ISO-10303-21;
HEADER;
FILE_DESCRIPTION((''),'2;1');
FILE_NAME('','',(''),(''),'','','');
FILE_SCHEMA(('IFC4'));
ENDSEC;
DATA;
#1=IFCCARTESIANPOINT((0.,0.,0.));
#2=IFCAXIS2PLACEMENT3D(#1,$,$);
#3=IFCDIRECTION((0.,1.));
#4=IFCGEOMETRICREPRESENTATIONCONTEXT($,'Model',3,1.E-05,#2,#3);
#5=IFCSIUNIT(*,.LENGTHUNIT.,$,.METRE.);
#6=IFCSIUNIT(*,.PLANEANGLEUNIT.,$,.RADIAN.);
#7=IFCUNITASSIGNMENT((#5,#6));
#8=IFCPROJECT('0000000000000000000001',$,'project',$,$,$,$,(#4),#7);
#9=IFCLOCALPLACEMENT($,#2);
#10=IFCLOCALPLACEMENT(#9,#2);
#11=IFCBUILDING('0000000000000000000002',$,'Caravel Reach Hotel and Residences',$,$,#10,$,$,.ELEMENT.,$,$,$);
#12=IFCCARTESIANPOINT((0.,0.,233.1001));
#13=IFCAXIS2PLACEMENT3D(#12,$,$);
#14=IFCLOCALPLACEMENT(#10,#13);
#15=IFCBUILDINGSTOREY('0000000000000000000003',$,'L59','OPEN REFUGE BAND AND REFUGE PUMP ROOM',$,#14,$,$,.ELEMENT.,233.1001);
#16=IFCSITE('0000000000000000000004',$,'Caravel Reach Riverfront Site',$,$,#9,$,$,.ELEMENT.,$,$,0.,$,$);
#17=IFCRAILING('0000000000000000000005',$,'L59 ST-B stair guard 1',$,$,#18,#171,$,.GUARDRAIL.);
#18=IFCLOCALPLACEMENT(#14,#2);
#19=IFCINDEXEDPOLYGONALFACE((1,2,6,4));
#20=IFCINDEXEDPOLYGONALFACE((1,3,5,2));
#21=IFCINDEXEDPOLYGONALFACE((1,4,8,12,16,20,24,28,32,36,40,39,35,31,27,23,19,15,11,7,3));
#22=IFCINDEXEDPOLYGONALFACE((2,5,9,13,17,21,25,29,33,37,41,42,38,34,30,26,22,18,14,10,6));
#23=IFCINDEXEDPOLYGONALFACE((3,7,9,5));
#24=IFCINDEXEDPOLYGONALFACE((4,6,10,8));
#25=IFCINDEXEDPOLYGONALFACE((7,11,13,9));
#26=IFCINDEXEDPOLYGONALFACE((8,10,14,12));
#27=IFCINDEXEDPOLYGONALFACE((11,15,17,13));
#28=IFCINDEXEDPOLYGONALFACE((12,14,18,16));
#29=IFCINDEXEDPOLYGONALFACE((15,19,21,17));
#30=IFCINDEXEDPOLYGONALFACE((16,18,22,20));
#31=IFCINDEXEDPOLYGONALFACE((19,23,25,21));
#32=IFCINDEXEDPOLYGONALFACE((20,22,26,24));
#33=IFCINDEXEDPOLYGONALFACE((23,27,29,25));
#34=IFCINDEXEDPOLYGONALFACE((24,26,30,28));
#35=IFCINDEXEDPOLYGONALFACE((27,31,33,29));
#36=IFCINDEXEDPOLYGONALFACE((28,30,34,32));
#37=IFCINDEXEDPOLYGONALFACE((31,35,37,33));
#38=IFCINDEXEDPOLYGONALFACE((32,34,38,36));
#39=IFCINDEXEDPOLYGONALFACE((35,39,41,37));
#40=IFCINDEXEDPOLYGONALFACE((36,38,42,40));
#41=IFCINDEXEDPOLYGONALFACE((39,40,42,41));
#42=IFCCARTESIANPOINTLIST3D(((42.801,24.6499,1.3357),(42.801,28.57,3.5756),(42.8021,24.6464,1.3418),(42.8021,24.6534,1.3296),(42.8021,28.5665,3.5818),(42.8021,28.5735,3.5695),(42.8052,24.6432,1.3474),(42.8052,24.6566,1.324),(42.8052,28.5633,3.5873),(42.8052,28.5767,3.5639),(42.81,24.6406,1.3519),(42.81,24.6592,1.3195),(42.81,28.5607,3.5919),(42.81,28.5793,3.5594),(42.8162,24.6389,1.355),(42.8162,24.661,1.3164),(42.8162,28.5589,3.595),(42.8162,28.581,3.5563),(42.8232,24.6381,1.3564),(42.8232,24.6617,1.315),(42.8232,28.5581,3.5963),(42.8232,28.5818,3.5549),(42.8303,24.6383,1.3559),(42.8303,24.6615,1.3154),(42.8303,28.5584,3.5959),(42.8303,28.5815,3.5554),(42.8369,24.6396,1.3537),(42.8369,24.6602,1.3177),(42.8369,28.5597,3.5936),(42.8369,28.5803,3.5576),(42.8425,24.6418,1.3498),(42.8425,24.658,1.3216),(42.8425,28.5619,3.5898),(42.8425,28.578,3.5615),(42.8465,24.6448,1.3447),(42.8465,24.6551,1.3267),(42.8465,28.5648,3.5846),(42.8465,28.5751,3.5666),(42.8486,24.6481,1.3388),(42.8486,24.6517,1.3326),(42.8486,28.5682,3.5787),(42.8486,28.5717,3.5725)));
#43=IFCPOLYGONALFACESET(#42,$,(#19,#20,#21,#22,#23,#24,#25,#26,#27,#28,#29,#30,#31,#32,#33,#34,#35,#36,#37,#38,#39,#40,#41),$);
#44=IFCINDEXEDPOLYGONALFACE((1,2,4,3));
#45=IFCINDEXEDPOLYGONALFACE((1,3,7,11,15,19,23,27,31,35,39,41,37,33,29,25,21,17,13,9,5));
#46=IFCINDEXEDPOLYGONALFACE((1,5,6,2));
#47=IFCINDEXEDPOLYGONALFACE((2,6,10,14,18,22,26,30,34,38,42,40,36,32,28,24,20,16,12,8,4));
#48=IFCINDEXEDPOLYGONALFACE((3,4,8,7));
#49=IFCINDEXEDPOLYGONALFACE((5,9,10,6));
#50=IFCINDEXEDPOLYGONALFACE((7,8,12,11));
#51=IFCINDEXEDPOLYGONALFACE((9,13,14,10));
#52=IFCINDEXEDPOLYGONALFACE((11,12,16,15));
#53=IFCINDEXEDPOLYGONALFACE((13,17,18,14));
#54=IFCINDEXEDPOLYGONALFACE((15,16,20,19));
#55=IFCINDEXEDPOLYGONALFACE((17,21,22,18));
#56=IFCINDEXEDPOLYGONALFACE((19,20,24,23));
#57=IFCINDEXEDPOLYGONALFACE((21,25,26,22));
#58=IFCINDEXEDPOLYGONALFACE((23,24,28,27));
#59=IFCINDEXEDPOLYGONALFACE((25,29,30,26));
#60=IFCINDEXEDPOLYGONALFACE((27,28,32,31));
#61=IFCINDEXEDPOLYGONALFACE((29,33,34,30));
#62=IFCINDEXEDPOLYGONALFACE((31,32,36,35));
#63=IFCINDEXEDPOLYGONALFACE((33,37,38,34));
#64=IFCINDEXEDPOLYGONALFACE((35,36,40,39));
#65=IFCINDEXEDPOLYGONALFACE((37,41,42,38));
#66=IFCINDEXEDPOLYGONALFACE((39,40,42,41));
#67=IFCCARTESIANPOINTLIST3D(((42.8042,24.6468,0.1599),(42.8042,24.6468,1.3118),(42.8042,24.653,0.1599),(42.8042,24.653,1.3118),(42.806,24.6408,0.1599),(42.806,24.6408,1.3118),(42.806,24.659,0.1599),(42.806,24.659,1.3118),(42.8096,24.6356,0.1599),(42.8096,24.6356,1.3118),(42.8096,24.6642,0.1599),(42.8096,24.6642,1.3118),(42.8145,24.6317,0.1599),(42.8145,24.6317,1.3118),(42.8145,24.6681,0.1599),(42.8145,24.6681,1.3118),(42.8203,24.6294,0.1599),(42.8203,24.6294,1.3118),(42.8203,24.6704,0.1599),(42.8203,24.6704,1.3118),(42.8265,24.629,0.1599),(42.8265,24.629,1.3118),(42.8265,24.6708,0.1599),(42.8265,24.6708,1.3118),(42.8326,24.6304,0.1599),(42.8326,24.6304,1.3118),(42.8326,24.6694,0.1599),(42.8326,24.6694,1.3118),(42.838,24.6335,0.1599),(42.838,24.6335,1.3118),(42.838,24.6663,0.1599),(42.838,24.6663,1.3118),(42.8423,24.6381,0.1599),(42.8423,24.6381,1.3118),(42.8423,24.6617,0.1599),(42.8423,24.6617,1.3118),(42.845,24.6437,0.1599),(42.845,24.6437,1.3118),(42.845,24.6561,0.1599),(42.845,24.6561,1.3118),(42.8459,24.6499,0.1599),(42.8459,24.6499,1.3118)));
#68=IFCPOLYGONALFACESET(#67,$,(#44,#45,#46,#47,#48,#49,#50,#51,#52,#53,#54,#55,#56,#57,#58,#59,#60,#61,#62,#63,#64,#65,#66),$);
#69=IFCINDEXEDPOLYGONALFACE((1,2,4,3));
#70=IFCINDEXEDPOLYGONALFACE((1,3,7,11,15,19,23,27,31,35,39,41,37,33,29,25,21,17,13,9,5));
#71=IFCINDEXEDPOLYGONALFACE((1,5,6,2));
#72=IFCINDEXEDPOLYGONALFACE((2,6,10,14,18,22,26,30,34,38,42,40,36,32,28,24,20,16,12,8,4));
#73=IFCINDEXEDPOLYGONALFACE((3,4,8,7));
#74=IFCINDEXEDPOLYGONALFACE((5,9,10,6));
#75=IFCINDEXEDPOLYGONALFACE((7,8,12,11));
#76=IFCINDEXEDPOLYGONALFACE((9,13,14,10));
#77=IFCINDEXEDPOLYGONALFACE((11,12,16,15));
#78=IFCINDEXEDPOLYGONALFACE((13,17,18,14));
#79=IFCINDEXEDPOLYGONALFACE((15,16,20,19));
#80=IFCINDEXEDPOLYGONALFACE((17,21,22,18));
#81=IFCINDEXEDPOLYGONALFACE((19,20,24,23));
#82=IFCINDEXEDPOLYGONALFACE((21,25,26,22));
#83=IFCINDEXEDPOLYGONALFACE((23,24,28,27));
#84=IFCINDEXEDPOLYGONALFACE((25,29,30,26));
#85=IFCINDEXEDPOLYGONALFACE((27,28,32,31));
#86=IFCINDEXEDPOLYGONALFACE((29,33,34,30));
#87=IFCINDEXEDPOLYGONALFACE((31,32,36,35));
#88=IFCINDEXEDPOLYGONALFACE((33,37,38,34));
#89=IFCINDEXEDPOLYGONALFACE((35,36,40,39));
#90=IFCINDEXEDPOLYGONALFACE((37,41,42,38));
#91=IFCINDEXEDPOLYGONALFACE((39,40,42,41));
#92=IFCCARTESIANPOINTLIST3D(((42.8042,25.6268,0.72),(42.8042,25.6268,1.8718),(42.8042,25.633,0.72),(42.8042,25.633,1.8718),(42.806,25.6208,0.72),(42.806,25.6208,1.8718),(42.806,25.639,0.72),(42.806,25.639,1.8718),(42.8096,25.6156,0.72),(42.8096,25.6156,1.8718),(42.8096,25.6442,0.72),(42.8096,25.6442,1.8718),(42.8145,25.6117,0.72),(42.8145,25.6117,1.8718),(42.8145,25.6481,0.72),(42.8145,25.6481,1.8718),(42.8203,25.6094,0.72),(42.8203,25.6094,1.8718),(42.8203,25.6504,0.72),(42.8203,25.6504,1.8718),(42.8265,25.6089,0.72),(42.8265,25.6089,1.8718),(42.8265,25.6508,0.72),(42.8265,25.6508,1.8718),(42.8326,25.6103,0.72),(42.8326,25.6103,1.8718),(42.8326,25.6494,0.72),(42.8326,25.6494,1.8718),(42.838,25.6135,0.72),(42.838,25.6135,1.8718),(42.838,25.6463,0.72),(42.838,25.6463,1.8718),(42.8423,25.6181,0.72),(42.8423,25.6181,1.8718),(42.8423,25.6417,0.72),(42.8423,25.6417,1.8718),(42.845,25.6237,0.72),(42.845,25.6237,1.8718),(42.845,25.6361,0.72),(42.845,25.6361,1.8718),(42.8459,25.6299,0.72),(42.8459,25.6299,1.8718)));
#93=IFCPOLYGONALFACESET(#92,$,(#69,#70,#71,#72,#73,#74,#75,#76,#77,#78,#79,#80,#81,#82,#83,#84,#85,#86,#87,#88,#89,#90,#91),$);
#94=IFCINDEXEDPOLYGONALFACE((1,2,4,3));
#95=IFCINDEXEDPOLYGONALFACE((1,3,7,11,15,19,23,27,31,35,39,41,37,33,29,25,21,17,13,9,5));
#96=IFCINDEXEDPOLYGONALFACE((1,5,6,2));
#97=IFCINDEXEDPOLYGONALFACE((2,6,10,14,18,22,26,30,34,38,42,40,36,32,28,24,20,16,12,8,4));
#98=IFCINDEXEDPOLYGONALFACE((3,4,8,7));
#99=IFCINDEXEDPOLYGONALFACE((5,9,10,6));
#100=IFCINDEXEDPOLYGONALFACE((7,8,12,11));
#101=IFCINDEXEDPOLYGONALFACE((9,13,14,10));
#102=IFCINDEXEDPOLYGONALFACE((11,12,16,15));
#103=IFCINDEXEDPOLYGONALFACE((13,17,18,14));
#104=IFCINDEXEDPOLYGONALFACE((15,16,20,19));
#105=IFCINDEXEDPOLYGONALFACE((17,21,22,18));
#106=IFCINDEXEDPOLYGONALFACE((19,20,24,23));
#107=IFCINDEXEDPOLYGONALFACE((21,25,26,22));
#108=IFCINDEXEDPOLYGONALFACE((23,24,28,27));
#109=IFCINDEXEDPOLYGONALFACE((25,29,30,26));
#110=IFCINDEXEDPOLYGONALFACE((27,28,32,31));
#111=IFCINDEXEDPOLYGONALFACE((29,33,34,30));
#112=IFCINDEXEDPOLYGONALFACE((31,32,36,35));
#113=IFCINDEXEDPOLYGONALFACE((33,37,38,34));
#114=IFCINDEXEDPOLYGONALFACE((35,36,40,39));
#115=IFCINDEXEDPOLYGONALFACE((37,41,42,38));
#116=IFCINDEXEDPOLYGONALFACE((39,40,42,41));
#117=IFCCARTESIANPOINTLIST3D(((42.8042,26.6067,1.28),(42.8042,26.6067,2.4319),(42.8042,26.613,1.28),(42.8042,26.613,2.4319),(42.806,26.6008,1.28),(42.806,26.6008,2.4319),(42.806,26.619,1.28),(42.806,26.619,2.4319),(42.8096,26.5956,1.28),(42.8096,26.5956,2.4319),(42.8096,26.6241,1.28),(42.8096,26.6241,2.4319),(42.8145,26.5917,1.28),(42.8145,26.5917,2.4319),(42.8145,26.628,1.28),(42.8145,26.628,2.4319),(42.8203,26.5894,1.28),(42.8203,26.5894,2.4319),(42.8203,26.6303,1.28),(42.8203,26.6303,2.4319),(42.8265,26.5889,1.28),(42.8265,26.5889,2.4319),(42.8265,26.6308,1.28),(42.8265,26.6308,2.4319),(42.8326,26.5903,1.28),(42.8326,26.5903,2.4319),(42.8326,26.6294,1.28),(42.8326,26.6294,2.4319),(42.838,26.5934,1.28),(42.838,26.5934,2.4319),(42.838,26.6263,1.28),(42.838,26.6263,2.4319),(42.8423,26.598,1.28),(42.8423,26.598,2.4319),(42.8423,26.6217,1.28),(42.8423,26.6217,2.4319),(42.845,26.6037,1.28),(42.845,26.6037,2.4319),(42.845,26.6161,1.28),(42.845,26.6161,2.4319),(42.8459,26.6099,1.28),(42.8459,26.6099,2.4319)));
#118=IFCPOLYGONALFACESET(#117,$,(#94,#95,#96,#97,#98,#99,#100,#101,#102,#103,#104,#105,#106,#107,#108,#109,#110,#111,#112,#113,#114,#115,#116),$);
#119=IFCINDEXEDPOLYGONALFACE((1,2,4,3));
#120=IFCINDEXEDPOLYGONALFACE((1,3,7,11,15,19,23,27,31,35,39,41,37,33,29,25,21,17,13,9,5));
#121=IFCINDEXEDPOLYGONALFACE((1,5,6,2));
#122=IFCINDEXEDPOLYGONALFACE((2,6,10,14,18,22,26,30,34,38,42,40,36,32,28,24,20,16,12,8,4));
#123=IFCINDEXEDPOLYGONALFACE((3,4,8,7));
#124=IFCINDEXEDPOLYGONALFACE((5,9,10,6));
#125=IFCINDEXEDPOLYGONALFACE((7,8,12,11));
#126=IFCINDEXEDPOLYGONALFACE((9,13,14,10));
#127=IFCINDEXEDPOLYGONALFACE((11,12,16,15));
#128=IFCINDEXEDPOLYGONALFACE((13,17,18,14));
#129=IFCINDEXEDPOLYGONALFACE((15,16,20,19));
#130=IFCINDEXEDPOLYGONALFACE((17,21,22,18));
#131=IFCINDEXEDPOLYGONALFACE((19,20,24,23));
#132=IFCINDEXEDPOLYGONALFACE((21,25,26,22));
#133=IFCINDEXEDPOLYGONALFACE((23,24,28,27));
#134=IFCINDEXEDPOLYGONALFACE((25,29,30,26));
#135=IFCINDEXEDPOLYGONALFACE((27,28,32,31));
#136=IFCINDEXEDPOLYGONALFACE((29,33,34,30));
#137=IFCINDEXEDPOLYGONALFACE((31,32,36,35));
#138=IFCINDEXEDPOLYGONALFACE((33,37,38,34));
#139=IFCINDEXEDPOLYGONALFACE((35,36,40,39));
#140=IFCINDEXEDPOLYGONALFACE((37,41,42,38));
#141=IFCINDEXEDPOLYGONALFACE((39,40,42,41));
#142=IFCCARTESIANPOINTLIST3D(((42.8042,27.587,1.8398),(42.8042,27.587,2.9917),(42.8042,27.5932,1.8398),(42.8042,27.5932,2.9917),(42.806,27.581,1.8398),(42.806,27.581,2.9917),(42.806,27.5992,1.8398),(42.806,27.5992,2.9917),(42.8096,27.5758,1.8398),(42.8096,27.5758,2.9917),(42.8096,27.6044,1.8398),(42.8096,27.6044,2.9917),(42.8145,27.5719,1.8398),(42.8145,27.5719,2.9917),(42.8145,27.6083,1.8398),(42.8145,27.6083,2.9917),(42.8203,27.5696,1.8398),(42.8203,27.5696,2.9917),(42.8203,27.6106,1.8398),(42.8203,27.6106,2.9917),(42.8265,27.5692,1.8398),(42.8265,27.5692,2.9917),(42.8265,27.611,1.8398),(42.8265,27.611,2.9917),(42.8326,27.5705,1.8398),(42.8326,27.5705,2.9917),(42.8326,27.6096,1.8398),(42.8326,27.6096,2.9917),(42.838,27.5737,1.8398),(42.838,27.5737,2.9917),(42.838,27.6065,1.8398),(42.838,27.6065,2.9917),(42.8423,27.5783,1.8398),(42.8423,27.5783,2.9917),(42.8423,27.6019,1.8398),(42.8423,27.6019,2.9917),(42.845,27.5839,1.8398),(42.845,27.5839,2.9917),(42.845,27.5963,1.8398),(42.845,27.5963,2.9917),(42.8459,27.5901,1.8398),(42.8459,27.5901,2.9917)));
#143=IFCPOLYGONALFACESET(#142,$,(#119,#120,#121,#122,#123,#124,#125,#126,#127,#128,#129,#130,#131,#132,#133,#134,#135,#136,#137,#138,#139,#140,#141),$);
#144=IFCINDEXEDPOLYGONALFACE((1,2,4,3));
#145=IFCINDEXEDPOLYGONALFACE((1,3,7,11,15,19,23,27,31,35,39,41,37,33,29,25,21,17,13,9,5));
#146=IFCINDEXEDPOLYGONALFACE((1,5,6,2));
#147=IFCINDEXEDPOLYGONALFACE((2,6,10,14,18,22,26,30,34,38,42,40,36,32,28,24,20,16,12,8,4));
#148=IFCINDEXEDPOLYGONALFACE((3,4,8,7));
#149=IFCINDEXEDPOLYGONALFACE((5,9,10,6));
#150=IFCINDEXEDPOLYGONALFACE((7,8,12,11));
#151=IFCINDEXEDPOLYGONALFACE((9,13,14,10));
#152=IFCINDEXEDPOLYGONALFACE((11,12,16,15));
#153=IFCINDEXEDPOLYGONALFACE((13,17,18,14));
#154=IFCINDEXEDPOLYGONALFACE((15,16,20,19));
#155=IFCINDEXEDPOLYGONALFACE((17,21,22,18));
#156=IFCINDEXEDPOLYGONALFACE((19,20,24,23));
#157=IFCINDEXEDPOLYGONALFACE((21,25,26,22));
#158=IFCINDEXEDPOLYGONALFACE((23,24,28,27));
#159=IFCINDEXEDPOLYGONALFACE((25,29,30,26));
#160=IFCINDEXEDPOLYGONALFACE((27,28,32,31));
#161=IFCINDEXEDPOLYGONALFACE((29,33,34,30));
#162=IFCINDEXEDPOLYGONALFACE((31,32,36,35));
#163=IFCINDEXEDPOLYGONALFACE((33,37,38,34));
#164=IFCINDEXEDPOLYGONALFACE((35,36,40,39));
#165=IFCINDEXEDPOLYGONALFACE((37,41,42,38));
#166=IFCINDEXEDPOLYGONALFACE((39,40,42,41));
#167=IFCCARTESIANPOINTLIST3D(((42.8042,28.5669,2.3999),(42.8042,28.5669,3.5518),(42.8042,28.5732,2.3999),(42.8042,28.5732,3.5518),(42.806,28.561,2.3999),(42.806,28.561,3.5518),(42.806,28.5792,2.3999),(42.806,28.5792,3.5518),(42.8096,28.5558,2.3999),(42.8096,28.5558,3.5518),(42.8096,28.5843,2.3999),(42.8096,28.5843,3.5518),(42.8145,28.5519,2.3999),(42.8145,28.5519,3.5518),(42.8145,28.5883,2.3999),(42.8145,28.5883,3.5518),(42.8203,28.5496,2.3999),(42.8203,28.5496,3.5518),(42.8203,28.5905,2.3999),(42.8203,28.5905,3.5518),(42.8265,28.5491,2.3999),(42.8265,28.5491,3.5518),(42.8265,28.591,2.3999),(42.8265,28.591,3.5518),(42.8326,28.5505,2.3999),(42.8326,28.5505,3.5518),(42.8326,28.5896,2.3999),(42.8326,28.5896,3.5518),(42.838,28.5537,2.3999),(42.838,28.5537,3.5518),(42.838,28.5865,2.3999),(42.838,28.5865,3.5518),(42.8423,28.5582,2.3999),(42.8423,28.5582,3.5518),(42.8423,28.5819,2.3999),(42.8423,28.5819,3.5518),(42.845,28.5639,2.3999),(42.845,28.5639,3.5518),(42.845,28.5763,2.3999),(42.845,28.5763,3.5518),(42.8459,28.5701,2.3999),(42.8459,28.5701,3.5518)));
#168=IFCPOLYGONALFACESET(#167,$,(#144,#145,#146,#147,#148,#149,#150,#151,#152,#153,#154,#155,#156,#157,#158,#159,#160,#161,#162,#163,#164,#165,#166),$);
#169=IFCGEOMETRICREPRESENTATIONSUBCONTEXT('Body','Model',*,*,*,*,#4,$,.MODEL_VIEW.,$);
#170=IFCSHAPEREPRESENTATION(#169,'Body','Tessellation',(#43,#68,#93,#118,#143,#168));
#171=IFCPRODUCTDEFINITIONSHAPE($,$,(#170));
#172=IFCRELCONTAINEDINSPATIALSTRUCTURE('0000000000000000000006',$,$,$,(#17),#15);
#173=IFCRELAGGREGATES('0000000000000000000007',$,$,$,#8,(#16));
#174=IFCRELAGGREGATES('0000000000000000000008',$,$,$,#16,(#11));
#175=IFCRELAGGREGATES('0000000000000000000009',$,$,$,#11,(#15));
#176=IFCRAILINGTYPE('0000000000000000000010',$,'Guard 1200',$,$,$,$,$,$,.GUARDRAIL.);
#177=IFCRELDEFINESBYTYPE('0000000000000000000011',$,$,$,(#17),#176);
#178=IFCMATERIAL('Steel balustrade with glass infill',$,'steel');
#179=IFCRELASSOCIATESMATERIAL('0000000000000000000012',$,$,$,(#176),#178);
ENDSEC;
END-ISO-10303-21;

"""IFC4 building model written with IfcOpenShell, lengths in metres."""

from ifc_helpers import new_model, si_unit, direction, frame, origin, origin_2d, place, context, subcontext, project, spatial, circle, extrude, material, type_object, element, save


model = new_model("IFC4")

# Units and contexts
model_context = context("Model", 3, precision=1e-05, world=origin(), true_north=direction((0.0, 1.0)))
body_context = subcontext(model_context, "Body", "Model", "MODEL_VIEW")
ifc_project = project(units=[si_unit("LENGTHUNIT", "METRE"), si_unit("PLANEANGLEUNIT", "RADIAN")], contexts=[model_context])

# Site, building, storey
site_placement = place(None, origin())
site = spatial("IfcSite", under=ifc_project, at=site_placement, Name="Caravel Reach Riverfront Site", CompositionType="ELEMENT", RefElevation=0.0)
building_placement = place(site_placement, origin())
building = spatial("IfcBuilding", under=site, at=building_placement, Name="Caravel Reach Hotel and Residences", CompositionType="ELEMENT")
storey_placement = place(building_placement, frame((0.0, 0.0, 233.1001)))
storey = spatial("IfcBuildingStorey", under=building, at=storey_placement, Name="L59", Description="OPEN REFUGE BAND AND REFUGE PUMP ROOM", CompositionType="ELEMENT", Elevation=233.1001)

# Railing
ifc_material_1 = material(Name="Steel balustrade with glass infill", Category="steel")
railing_type_1 = type_object("IfcRailingType", Name="Guard 1200", PredefinedType="GUARDRAIL", material=ifc_material_1)
railing_1_placement = place(storey_placement, frame((42.825, 24.6499, 0.1599)))
element("IfcRailing", 1, at=railing_1_placement, inside=storey, type_object=railing_type_1, Name="L59 ST-B stair guard 1", PredefinedType="GUARDRAIL", context=body_context, shape_type="SweptSolid", body=[
    extrude(circle(Radius=0.0239, at=origin_2d()), frame((0.0, 0.0, 1.1758), z_axis=(0.0, 0.868253, 0.496121), x_axis=(-1.0, 0.0, 0.0)), (0.0, 0.0, 1.0), 4.5149),
    extrude(circle(Radius=0.021, at=origin_2d()), origin(), (0.0, 0.0, 1.0), 1.1519),
    extrude(circle(Radius=0.021, at=origin_2d()), frame((0.0, 0.98, 0.5601)), (0.0, 0.0, 1.0), 1.1519),
    extrude(circle(Radius=0.021, at=origin_2d()), frame((0.0, 1.96, 1.1201)), (0.0, 0.0, 1.0), 1.1519),
    extrude(circle(Radius=0.021, at=origin_2d()), frame((0.0, 2.9402, 1.6799)), (0.0, 0.0, 1.0), 1.1519),
    extrude(circle(Radius=0.021, at=origin_2d()), frame((0.0, 3.9202, 2.24)), (0.0, 0.0, 1.0), 1.1519),
])

save(model, "model.ifc")
